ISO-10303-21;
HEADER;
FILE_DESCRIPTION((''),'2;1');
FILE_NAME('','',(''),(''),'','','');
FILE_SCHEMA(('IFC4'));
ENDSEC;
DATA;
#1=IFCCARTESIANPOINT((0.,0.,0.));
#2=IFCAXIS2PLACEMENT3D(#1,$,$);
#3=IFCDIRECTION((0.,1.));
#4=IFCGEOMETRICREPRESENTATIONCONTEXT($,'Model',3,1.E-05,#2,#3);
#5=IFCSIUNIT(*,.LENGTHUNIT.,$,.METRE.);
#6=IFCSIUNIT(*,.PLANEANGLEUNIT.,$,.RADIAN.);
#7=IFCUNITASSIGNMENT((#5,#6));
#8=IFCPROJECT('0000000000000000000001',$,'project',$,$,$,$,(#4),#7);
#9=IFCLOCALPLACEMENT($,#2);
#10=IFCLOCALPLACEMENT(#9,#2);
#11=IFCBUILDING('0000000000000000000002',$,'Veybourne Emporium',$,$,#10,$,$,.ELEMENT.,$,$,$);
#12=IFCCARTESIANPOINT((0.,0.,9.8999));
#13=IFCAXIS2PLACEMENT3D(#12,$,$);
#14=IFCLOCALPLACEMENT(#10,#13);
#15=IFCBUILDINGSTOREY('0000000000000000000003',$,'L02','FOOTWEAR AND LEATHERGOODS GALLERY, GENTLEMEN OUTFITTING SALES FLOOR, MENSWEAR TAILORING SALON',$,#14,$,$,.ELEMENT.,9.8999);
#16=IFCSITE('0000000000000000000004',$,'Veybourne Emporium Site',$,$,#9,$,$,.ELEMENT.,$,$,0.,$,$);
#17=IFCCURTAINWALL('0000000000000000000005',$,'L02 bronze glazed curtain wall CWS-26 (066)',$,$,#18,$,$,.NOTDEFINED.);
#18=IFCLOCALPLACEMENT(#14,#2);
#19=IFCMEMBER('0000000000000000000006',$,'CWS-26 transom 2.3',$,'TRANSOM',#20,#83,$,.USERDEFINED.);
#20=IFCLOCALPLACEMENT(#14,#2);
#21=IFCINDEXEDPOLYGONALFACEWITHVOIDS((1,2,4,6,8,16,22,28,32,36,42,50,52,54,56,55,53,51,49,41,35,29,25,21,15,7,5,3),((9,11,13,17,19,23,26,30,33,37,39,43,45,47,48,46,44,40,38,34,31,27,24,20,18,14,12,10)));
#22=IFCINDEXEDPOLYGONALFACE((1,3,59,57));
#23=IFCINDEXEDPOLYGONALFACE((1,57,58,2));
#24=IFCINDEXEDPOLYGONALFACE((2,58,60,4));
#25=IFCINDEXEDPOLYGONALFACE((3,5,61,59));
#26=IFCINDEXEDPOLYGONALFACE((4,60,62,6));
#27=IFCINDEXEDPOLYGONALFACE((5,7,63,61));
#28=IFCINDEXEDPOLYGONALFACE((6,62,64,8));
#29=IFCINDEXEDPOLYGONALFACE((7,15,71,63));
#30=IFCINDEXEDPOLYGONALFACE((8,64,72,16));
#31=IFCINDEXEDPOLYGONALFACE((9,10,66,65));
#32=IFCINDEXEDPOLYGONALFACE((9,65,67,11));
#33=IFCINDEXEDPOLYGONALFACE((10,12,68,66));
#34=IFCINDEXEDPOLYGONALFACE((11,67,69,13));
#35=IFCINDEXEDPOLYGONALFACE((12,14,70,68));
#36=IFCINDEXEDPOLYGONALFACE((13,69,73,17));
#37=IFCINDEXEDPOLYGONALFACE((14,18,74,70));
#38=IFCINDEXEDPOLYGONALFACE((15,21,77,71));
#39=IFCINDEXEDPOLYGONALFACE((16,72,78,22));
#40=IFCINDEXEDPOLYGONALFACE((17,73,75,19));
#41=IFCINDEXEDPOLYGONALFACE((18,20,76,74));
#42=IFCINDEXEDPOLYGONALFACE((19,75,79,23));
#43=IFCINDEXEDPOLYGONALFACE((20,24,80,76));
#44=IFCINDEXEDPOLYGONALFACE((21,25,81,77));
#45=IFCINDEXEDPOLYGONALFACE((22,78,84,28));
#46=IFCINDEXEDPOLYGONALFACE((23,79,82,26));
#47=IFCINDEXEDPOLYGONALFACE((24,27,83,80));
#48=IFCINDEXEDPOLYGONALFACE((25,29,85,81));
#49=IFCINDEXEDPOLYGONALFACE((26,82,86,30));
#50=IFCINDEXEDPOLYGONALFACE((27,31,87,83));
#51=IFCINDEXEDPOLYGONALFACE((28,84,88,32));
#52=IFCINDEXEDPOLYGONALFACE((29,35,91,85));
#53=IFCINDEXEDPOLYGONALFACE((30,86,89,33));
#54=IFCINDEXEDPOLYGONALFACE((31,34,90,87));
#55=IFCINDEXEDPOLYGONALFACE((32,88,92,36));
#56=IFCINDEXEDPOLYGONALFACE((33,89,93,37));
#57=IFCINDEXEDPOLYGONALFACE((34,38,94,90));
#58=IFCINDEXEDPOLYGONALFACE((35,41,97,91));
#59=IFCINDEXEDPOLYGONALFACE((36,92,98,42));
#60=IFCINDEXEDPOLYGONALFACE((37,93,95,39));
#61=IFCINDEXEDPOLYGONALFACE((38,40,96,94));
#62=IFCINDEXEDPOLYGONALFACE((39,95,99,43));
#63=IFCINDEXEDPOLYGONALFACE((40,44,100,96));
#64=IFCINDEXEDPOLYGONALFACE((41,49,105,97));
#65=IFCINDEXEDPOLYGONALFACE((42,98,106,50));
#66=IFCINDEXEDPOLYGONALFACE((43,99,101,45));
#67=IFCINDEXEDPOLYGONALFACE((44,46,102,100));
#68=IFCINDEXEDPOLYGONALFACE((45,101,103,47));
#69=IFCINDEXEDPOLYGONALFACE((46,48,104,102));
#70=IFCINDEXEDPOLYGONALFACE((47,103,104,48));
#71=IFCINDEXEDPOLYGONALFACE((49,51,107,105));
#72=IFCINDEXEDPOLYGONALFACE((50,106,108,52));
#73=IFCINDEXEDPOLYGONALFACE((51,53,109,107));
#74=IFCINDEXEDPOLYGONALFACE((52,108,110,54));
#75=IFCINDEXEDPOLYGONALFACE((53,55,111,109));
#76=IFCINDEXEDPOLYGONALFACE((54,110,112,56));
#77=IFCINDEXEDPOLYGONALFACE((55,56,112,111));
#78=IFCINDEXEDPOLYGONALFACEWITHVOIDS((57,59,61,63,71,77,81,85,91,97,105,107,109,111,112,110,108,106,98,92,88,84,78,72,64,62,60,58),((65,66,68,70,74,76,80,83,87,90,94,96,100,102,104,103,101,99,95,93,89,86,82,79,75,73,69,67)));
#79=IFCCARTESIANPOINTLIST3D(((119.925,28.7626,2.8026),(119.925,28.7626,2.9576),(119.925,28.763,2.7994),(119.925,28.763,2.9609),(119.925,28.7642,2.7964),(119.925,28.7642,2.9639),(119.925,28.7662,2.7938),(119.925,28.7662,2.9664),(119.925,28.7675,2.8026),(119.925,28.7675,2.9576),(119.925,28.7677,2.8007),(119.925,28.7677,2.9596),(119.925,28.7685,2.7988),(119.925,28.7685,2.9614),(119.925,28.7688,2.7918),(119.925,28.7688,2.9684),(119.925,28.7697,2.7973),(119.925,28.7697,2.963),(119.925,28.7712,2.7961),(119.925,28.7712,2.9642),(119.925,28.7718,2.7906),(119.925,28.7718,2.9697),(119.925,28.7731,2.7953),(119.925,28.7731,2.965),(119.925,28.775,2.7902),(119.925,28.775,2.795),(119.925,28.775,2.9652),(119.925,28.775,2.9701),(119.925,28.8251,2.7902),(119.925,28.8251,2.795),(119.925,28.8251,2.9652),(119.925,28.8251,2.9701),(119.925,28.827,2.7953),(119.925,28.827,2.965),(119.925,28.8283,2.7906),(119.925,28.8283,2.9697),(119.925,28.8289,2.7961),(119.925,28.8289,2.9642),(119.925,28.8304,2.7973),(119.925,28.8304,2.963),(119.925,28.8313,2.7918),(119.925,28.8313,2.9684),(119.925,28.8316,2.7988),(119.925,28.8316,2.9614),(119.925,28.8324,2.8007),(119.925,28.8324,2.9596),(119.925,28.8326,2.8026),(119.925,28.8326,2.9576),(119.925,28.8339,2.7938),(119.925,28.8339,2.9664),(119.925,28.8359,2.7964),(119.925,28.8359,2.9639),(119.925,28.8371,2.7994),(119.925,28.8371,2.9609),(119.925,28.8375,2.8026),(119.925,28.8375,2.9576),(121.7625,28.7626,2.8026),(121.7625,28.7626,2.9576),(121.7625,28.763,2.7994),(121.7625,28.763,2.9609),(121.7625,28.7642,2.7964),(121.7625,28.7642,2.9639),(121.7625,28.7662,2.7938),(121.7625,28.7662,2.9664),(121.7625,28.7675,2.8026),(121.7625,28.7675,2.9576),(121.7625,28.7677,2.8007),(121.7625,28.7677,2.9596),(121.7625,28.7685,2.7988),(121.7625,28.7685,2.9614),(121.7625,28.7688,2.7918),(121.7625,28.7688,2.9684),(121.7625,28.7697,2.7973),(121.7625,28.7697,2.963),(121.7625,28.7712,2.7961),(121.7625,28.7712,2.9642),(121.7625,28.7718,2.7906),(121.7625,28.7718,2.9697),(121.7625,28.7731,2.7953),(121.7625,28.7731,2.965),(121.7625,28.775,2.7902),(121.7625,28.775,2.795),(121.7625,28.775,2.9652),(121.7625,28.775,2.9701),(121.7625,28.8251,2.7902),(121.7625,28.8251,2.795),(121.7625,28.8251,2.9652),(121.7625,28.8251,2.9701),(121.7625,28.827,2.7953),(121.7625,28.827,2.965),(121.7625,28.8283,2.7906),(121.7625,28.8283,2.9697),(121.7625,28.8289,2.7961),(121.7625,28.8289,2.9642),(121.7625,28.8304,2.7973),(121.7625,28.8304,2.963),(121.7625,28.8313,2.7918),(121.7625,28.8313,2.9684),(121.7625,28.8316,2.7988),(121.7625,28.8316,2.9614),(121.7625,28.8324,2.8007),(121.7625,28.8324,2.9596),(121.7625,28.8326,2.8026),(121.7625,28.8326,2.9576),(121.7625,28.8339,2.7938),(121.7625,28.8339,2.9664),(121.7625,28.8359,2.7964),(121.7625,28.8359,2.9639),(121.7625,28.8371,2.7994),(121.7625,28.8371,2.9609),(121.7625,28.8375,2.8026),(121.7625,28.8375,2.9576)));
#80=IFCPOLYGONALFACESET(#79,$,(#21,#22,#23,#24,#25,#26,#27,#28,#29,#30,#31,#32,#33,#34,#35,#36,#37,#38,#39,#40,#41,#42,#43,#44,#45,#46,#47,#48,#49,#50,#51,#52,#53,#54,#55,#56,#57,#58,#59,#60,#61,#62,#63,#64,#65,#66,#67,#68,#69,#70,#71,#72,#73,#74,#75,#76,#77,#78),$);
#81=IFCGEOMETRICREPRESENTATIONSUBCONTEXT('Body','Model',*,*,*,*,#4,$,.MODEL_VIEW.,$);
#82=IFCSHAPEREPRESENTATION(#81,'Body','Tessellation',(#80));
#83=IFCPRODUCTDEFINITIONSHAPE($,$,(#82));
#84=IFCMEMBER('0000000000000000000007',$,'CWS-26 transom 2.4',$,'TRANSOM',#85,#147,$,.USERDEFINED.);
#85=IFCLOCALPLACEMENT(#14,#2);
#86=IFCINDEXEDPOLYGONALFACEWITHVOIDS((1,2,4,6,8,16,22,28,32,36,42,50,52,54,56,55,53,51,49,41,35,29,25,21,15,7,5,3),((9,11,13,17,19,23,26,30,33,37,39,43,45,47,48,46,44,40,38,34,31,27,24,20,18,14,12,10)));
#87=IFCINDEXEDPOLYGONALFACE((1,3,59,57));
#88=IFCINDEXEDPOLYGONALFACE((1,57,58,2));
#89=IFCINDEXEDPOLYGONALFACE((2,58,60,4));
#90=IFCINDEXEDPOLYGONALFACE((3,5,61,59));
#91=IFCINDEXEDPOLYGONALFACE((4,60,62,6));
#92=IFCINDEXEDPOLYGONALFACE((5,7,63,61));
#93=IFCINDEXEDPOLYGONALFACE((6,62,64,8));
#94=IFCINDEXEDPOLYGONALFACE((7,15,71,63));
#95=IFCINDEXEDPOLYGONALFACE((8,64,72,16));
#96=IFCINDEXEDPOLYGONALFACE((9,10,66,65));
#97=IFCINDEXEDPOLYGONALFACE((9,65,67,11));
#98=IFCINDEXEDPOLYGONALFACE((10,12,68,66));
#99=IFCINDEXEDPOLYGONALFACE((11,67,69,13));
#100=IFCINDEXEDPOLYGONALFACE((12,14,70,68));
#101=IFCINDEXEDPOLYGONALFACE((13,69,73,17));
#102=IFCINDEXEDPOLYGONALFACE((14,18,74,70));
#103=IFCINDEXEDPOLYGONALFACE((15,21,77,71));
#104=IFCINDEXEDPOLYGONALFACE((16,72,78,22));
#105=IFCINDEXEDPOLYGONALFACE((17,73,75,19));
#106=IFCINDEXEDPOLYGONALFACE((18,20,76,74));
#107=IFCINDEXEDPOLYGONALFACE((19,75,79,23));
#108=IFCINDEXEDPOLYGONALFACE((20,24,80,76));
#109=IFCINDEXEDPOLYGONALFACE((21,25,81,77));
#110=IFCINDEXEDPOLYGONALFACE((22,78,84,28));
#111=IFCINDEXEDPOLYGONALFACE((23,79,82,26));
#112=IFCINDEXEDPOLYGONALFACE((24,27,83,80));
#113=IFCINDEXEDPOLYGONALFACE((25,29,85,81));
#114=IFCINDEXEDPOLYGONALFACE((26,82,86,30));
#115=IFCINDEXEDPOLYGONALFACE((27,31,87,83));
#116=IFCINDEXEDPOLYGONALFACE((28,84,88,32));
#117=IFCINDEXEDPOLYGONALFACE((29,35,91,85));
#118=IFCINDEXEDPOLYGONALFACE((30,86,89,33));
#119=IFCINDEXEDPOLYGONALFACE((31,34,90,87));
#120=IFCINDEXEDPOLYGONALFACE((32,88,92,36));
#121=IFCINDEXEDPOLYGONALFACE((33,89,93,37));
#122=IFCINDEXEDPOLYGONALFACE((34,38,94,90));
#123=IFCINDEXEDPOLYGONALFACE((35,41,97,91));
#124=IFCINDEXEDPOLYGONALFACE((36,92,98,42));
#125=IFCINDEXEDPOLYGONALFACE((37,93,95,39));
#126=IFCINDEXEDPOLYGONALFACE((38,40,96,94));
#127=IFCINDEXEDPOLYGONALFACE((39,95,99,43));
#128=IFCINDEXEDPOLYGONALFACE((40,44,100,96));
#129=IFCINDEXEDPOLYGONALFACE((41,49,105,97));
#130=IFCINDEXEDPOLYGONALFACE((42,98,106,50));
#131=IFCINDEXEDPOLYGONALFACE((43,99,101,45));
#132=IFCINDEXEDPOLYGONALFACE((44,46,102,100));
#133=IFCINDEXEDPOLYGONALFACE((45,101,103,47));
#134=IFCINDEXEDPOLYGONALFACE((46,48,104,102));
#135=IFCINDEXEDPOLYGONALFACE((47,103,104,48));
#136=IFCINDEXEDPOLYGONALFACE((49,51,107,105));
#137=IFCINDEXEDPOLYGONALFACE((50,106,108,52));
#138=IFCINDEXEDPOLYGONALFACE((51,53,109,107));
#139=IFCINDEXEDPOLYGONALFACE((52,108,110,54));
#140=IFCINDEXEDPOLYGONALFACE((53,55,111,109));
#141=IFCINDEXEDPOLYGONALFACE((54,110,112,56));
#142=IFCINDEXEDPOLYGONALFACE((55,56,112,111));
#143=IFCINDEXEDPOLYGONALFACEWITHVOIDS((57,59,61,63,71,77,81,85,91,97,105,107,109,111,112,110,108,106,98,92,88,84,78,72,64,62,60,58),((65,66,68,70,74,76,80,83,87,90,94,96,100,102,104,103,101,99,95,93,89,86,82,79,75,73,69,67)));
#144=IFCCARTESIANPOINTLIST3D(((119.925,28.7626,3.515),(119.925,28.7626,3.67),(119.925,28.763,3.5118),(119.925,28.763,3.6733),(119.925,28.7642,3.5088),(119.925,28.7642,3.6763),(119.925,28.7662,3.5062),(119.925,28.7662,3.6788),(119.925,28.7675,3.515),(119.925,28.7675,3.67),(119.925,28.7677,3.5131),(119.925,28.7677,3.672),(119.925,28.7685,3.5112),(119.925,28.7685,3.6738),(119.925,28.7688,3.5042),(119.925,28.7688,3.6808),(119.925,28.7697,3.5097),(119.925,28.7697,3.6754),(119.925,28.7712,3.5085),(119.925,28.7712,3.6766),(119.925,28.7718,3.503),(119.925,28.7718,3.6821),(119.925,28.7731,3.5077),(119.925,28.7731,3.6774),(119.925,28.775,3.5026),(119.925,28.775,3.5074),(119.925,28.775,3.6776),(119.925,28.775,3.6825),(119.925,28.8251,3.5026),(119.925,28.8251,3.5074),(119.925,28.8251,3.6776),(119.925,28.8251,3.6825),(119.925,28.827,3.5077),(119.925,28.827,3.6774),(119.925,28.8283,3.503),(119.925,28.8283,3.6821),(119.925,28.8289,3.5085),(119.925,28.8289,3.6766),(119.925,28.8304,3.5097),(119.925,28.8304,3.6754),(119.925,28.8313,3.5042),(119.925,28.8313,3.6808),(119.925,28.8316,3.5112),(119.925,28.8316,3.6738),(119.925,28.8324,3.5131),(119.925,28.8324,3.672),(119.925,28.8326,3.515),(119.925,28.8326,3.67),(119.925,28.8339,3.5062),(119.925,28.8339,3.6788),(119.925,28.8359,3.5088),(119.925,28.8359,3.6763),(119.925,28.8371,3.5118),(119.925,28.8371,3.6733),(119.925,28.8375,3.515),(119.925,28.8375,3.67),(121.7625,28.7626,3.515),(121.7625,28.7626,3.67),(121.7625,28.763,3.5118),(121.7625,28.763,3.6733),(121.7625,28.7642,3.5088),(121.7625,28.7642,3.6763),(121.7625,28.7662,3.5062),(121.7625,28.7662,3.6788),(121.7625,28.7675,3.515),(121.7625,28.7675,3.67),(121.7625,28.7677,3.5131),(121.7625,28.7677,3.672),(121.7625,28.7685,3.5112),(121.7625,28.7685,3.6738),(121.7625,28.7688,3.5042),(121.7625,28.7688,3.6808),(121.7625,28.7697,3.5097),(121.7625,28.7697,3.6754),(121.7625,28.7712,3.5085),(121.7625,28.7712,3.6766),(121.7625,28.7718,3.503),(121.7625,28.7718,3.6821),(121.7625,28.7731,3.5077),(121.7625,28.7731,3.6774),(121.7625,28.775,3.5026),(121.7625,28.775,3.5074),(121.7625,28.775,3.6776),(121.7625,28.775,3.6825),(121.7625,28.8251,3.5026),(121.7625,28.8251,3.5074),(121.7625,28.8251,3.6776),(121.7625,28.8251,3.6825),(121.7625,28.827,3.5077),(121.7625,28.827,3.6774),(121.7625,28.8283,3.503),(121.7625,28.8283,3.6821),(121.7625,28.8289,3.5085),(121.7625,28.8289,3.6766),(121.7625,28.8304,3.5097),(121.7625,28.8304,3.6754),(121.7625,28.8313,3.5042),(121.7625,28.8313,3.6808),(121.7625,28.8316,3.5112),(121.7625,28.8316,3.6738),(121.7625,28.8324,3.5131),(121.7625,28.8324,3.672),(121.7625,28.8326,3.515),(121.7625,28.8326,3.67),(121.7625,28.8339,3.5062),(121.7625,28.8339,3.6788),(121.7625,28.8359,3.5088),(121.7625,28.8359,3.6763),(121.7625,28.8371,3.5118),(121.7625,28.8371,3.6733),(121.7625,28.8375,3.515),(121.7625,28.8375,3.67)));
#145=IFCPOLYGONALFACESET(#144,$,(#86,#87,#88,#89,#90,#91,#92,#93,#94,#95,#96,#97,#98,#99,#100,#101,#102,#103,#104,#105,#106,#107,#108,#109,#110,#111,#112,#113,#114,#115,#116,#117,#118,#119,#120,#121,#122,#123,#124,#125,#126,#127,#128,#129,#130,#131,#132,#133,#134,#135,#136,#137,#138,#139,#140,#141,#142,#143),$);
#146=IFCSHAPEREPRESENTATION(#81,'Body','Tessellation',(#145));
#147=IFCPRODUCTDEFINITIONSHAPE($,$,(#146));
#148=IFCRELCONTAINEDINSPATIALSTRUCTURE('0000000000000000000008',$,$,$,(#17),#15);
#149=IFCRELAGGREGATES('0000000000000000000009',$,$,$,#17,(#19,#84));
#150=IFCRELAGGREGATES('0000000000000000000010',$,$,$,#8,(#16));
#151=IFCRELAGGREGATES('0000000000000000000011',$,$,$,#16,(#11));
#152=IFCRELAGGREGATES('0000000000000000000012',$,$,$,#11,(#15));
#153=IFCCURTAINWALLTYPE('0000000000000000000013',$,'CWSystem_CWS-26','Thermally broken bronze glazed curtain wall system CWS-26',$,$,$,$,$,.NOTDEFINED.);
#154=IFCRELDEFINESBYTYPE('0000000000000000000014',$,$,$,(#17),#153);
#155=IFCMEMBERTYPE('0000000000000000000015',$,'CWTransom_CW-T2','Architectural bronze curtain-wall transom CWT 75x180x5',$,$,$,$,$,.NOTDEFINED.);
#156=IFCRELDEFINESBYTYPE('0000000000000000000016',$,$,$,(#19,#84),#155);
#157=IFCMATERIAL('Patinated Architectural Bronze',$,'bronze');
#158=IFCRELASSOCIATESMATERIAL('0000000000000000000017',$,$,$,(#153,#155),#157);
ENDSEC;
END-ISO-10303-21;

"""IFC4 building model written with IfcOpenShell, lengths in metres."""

from ifc_helpers import new_model, si_unit, direction, frame, origin, origin_2d, place, context, subcontext, project, spatial, hollow_rectangle, extrude, material, material_profile, profile_set, type_object, element, aggregate, save


model = new_model("IFC4")

# Units and contexts
model_context = context("Model", 3, precision=1e-05, world=origin(), true_north=direction((0.0, 1.0)))
body_context = subcontext(model_context, "Body", "Model", "MODEL_VIEW")
ifc_project = project(units=[si_unit("LENGTHUNIT", "METRE"), si_unit("PLANEANGLEUNIT", "RADIAN")], contexts=[model_context])

# Site, building, storey
site_placement = place(None, origin())
site = spatial("IfcSite", under=ifc_project, at=site_placement, Name="Veybourne Emporium Site", CompositionType="ELEMENT", RefElevation=0.0)
building_placement = place(site_placement, origin())
building = spatial("IfcBuilding", under=site, at=building_placement, Name="Veybourne Emporium", CompositionType="ELEMENT")
storey_placement = place(building_placement, frame((0.0, 0.0, 9.8999)))
storey = spatial("IfcBuildingStorey", under=building, at=storey_placement, Name="L02", Description="FOOTWEAR AND LEATHERGOODS GALLERY, GENTLEMEN OUTFITTING SALES FLOOR, MENSWEAR TAILORING SALON", CompositionType="ELEMENT", Elevation=9.8999)

# Curtain wall, members
ifc_material_1 = material(Name="Patinated Architectural Bronze", Category="bronze")
curtain_wall_type = type_object("IfcCurtainWallType", Name="CWSystem_CWS-26", Description="Thermally broken bronze glazed curtain wall system CWS-26", PredefinedType="NOTDEFINED", material=ifc_material_1)
curtain_wall_placement = place(storey_placement, origin())
curtain_wall = element("IfcCurtainWall", 1, at=curtain_wall_placement, inside=storey, type_object=curtain_wall_type, Name="L02 bronze glazed curtain wall CWS-26 (066)", PredefinedType="NOTDEFINED")
ifc_material_profile_1 = material_profile(ifc_material_1, hollow_rectangle(XDim=0.075, YDim=0.1799, WallThickness=0.0049, InnerFilletRadius=0.0076, OuterFilletRadius=0.0125, at=origin_2d()), Name="CWT 75x180x5")
ifc_profile_set_1 = profile_set([ifc_material_profile_1], Name="Patinated Architectural Bronze")
member_type_1 = type_object("IfcMemberType", Name="CWTransom_CW-T2", Description="Architectural bronze curtain-wall transom CWT 75x180x5", PredefinedType="NOTDEFINED", material=ifc_profile_set_1)
member_1_placement = place(storey_placement, frame((119.925, 28.8, 2.8801), z_axis=(1.0, 0.0, 0.0), x_axis=(0.0, 1.0, 0.0)))
member_1 = element("IfcMember", 2, at=member_1_placement, type_object=member_type_1, Name="CWS-26 transom 2.3", ObjectType="TRANSOM", PredefinedType="USERDEFINED", context=body_context, shape_type="SweptSolid", body=[
    extrude(hollow_rectangle(XDim=0.075, YDim=0.1799, WallThickness=0.0049, InnerFilletRadius=0.0076, OuterFilletRadius=0.0125, at=origin_2d()), origin(), (0.0, 0.0, 1.0), 1.8374),
])
member_2_placement = place(storey_placement, frame((119.925, 28.8, 3.5925), z_axis=(1.0, 0.0, 0.0), x_axis=(0.0, 1.0, 0.0)))
member_2 = element("IfcMember", 3, at=member_2_placement, type_object=member_type_1, Name="CWS-26 transom 2.4", ObjectType="TRANSOM", PredefinedType="USERDEFINED", context=body_context, shape_type="SweptSolid", body=[
    extrude(hollow_rectangle(XDim=0.075, YDim=0.1799, WallThickness=0.0049, InnerFilletRadius=0.0076, OuterFilletRadius=0.0125, at=origin_2d()), origin(), (0.0, 0.0, 1.0), 1.8374),
])
aggregate(curtain_wall, [member_1, member_2])

save(model, "model.ifc")
